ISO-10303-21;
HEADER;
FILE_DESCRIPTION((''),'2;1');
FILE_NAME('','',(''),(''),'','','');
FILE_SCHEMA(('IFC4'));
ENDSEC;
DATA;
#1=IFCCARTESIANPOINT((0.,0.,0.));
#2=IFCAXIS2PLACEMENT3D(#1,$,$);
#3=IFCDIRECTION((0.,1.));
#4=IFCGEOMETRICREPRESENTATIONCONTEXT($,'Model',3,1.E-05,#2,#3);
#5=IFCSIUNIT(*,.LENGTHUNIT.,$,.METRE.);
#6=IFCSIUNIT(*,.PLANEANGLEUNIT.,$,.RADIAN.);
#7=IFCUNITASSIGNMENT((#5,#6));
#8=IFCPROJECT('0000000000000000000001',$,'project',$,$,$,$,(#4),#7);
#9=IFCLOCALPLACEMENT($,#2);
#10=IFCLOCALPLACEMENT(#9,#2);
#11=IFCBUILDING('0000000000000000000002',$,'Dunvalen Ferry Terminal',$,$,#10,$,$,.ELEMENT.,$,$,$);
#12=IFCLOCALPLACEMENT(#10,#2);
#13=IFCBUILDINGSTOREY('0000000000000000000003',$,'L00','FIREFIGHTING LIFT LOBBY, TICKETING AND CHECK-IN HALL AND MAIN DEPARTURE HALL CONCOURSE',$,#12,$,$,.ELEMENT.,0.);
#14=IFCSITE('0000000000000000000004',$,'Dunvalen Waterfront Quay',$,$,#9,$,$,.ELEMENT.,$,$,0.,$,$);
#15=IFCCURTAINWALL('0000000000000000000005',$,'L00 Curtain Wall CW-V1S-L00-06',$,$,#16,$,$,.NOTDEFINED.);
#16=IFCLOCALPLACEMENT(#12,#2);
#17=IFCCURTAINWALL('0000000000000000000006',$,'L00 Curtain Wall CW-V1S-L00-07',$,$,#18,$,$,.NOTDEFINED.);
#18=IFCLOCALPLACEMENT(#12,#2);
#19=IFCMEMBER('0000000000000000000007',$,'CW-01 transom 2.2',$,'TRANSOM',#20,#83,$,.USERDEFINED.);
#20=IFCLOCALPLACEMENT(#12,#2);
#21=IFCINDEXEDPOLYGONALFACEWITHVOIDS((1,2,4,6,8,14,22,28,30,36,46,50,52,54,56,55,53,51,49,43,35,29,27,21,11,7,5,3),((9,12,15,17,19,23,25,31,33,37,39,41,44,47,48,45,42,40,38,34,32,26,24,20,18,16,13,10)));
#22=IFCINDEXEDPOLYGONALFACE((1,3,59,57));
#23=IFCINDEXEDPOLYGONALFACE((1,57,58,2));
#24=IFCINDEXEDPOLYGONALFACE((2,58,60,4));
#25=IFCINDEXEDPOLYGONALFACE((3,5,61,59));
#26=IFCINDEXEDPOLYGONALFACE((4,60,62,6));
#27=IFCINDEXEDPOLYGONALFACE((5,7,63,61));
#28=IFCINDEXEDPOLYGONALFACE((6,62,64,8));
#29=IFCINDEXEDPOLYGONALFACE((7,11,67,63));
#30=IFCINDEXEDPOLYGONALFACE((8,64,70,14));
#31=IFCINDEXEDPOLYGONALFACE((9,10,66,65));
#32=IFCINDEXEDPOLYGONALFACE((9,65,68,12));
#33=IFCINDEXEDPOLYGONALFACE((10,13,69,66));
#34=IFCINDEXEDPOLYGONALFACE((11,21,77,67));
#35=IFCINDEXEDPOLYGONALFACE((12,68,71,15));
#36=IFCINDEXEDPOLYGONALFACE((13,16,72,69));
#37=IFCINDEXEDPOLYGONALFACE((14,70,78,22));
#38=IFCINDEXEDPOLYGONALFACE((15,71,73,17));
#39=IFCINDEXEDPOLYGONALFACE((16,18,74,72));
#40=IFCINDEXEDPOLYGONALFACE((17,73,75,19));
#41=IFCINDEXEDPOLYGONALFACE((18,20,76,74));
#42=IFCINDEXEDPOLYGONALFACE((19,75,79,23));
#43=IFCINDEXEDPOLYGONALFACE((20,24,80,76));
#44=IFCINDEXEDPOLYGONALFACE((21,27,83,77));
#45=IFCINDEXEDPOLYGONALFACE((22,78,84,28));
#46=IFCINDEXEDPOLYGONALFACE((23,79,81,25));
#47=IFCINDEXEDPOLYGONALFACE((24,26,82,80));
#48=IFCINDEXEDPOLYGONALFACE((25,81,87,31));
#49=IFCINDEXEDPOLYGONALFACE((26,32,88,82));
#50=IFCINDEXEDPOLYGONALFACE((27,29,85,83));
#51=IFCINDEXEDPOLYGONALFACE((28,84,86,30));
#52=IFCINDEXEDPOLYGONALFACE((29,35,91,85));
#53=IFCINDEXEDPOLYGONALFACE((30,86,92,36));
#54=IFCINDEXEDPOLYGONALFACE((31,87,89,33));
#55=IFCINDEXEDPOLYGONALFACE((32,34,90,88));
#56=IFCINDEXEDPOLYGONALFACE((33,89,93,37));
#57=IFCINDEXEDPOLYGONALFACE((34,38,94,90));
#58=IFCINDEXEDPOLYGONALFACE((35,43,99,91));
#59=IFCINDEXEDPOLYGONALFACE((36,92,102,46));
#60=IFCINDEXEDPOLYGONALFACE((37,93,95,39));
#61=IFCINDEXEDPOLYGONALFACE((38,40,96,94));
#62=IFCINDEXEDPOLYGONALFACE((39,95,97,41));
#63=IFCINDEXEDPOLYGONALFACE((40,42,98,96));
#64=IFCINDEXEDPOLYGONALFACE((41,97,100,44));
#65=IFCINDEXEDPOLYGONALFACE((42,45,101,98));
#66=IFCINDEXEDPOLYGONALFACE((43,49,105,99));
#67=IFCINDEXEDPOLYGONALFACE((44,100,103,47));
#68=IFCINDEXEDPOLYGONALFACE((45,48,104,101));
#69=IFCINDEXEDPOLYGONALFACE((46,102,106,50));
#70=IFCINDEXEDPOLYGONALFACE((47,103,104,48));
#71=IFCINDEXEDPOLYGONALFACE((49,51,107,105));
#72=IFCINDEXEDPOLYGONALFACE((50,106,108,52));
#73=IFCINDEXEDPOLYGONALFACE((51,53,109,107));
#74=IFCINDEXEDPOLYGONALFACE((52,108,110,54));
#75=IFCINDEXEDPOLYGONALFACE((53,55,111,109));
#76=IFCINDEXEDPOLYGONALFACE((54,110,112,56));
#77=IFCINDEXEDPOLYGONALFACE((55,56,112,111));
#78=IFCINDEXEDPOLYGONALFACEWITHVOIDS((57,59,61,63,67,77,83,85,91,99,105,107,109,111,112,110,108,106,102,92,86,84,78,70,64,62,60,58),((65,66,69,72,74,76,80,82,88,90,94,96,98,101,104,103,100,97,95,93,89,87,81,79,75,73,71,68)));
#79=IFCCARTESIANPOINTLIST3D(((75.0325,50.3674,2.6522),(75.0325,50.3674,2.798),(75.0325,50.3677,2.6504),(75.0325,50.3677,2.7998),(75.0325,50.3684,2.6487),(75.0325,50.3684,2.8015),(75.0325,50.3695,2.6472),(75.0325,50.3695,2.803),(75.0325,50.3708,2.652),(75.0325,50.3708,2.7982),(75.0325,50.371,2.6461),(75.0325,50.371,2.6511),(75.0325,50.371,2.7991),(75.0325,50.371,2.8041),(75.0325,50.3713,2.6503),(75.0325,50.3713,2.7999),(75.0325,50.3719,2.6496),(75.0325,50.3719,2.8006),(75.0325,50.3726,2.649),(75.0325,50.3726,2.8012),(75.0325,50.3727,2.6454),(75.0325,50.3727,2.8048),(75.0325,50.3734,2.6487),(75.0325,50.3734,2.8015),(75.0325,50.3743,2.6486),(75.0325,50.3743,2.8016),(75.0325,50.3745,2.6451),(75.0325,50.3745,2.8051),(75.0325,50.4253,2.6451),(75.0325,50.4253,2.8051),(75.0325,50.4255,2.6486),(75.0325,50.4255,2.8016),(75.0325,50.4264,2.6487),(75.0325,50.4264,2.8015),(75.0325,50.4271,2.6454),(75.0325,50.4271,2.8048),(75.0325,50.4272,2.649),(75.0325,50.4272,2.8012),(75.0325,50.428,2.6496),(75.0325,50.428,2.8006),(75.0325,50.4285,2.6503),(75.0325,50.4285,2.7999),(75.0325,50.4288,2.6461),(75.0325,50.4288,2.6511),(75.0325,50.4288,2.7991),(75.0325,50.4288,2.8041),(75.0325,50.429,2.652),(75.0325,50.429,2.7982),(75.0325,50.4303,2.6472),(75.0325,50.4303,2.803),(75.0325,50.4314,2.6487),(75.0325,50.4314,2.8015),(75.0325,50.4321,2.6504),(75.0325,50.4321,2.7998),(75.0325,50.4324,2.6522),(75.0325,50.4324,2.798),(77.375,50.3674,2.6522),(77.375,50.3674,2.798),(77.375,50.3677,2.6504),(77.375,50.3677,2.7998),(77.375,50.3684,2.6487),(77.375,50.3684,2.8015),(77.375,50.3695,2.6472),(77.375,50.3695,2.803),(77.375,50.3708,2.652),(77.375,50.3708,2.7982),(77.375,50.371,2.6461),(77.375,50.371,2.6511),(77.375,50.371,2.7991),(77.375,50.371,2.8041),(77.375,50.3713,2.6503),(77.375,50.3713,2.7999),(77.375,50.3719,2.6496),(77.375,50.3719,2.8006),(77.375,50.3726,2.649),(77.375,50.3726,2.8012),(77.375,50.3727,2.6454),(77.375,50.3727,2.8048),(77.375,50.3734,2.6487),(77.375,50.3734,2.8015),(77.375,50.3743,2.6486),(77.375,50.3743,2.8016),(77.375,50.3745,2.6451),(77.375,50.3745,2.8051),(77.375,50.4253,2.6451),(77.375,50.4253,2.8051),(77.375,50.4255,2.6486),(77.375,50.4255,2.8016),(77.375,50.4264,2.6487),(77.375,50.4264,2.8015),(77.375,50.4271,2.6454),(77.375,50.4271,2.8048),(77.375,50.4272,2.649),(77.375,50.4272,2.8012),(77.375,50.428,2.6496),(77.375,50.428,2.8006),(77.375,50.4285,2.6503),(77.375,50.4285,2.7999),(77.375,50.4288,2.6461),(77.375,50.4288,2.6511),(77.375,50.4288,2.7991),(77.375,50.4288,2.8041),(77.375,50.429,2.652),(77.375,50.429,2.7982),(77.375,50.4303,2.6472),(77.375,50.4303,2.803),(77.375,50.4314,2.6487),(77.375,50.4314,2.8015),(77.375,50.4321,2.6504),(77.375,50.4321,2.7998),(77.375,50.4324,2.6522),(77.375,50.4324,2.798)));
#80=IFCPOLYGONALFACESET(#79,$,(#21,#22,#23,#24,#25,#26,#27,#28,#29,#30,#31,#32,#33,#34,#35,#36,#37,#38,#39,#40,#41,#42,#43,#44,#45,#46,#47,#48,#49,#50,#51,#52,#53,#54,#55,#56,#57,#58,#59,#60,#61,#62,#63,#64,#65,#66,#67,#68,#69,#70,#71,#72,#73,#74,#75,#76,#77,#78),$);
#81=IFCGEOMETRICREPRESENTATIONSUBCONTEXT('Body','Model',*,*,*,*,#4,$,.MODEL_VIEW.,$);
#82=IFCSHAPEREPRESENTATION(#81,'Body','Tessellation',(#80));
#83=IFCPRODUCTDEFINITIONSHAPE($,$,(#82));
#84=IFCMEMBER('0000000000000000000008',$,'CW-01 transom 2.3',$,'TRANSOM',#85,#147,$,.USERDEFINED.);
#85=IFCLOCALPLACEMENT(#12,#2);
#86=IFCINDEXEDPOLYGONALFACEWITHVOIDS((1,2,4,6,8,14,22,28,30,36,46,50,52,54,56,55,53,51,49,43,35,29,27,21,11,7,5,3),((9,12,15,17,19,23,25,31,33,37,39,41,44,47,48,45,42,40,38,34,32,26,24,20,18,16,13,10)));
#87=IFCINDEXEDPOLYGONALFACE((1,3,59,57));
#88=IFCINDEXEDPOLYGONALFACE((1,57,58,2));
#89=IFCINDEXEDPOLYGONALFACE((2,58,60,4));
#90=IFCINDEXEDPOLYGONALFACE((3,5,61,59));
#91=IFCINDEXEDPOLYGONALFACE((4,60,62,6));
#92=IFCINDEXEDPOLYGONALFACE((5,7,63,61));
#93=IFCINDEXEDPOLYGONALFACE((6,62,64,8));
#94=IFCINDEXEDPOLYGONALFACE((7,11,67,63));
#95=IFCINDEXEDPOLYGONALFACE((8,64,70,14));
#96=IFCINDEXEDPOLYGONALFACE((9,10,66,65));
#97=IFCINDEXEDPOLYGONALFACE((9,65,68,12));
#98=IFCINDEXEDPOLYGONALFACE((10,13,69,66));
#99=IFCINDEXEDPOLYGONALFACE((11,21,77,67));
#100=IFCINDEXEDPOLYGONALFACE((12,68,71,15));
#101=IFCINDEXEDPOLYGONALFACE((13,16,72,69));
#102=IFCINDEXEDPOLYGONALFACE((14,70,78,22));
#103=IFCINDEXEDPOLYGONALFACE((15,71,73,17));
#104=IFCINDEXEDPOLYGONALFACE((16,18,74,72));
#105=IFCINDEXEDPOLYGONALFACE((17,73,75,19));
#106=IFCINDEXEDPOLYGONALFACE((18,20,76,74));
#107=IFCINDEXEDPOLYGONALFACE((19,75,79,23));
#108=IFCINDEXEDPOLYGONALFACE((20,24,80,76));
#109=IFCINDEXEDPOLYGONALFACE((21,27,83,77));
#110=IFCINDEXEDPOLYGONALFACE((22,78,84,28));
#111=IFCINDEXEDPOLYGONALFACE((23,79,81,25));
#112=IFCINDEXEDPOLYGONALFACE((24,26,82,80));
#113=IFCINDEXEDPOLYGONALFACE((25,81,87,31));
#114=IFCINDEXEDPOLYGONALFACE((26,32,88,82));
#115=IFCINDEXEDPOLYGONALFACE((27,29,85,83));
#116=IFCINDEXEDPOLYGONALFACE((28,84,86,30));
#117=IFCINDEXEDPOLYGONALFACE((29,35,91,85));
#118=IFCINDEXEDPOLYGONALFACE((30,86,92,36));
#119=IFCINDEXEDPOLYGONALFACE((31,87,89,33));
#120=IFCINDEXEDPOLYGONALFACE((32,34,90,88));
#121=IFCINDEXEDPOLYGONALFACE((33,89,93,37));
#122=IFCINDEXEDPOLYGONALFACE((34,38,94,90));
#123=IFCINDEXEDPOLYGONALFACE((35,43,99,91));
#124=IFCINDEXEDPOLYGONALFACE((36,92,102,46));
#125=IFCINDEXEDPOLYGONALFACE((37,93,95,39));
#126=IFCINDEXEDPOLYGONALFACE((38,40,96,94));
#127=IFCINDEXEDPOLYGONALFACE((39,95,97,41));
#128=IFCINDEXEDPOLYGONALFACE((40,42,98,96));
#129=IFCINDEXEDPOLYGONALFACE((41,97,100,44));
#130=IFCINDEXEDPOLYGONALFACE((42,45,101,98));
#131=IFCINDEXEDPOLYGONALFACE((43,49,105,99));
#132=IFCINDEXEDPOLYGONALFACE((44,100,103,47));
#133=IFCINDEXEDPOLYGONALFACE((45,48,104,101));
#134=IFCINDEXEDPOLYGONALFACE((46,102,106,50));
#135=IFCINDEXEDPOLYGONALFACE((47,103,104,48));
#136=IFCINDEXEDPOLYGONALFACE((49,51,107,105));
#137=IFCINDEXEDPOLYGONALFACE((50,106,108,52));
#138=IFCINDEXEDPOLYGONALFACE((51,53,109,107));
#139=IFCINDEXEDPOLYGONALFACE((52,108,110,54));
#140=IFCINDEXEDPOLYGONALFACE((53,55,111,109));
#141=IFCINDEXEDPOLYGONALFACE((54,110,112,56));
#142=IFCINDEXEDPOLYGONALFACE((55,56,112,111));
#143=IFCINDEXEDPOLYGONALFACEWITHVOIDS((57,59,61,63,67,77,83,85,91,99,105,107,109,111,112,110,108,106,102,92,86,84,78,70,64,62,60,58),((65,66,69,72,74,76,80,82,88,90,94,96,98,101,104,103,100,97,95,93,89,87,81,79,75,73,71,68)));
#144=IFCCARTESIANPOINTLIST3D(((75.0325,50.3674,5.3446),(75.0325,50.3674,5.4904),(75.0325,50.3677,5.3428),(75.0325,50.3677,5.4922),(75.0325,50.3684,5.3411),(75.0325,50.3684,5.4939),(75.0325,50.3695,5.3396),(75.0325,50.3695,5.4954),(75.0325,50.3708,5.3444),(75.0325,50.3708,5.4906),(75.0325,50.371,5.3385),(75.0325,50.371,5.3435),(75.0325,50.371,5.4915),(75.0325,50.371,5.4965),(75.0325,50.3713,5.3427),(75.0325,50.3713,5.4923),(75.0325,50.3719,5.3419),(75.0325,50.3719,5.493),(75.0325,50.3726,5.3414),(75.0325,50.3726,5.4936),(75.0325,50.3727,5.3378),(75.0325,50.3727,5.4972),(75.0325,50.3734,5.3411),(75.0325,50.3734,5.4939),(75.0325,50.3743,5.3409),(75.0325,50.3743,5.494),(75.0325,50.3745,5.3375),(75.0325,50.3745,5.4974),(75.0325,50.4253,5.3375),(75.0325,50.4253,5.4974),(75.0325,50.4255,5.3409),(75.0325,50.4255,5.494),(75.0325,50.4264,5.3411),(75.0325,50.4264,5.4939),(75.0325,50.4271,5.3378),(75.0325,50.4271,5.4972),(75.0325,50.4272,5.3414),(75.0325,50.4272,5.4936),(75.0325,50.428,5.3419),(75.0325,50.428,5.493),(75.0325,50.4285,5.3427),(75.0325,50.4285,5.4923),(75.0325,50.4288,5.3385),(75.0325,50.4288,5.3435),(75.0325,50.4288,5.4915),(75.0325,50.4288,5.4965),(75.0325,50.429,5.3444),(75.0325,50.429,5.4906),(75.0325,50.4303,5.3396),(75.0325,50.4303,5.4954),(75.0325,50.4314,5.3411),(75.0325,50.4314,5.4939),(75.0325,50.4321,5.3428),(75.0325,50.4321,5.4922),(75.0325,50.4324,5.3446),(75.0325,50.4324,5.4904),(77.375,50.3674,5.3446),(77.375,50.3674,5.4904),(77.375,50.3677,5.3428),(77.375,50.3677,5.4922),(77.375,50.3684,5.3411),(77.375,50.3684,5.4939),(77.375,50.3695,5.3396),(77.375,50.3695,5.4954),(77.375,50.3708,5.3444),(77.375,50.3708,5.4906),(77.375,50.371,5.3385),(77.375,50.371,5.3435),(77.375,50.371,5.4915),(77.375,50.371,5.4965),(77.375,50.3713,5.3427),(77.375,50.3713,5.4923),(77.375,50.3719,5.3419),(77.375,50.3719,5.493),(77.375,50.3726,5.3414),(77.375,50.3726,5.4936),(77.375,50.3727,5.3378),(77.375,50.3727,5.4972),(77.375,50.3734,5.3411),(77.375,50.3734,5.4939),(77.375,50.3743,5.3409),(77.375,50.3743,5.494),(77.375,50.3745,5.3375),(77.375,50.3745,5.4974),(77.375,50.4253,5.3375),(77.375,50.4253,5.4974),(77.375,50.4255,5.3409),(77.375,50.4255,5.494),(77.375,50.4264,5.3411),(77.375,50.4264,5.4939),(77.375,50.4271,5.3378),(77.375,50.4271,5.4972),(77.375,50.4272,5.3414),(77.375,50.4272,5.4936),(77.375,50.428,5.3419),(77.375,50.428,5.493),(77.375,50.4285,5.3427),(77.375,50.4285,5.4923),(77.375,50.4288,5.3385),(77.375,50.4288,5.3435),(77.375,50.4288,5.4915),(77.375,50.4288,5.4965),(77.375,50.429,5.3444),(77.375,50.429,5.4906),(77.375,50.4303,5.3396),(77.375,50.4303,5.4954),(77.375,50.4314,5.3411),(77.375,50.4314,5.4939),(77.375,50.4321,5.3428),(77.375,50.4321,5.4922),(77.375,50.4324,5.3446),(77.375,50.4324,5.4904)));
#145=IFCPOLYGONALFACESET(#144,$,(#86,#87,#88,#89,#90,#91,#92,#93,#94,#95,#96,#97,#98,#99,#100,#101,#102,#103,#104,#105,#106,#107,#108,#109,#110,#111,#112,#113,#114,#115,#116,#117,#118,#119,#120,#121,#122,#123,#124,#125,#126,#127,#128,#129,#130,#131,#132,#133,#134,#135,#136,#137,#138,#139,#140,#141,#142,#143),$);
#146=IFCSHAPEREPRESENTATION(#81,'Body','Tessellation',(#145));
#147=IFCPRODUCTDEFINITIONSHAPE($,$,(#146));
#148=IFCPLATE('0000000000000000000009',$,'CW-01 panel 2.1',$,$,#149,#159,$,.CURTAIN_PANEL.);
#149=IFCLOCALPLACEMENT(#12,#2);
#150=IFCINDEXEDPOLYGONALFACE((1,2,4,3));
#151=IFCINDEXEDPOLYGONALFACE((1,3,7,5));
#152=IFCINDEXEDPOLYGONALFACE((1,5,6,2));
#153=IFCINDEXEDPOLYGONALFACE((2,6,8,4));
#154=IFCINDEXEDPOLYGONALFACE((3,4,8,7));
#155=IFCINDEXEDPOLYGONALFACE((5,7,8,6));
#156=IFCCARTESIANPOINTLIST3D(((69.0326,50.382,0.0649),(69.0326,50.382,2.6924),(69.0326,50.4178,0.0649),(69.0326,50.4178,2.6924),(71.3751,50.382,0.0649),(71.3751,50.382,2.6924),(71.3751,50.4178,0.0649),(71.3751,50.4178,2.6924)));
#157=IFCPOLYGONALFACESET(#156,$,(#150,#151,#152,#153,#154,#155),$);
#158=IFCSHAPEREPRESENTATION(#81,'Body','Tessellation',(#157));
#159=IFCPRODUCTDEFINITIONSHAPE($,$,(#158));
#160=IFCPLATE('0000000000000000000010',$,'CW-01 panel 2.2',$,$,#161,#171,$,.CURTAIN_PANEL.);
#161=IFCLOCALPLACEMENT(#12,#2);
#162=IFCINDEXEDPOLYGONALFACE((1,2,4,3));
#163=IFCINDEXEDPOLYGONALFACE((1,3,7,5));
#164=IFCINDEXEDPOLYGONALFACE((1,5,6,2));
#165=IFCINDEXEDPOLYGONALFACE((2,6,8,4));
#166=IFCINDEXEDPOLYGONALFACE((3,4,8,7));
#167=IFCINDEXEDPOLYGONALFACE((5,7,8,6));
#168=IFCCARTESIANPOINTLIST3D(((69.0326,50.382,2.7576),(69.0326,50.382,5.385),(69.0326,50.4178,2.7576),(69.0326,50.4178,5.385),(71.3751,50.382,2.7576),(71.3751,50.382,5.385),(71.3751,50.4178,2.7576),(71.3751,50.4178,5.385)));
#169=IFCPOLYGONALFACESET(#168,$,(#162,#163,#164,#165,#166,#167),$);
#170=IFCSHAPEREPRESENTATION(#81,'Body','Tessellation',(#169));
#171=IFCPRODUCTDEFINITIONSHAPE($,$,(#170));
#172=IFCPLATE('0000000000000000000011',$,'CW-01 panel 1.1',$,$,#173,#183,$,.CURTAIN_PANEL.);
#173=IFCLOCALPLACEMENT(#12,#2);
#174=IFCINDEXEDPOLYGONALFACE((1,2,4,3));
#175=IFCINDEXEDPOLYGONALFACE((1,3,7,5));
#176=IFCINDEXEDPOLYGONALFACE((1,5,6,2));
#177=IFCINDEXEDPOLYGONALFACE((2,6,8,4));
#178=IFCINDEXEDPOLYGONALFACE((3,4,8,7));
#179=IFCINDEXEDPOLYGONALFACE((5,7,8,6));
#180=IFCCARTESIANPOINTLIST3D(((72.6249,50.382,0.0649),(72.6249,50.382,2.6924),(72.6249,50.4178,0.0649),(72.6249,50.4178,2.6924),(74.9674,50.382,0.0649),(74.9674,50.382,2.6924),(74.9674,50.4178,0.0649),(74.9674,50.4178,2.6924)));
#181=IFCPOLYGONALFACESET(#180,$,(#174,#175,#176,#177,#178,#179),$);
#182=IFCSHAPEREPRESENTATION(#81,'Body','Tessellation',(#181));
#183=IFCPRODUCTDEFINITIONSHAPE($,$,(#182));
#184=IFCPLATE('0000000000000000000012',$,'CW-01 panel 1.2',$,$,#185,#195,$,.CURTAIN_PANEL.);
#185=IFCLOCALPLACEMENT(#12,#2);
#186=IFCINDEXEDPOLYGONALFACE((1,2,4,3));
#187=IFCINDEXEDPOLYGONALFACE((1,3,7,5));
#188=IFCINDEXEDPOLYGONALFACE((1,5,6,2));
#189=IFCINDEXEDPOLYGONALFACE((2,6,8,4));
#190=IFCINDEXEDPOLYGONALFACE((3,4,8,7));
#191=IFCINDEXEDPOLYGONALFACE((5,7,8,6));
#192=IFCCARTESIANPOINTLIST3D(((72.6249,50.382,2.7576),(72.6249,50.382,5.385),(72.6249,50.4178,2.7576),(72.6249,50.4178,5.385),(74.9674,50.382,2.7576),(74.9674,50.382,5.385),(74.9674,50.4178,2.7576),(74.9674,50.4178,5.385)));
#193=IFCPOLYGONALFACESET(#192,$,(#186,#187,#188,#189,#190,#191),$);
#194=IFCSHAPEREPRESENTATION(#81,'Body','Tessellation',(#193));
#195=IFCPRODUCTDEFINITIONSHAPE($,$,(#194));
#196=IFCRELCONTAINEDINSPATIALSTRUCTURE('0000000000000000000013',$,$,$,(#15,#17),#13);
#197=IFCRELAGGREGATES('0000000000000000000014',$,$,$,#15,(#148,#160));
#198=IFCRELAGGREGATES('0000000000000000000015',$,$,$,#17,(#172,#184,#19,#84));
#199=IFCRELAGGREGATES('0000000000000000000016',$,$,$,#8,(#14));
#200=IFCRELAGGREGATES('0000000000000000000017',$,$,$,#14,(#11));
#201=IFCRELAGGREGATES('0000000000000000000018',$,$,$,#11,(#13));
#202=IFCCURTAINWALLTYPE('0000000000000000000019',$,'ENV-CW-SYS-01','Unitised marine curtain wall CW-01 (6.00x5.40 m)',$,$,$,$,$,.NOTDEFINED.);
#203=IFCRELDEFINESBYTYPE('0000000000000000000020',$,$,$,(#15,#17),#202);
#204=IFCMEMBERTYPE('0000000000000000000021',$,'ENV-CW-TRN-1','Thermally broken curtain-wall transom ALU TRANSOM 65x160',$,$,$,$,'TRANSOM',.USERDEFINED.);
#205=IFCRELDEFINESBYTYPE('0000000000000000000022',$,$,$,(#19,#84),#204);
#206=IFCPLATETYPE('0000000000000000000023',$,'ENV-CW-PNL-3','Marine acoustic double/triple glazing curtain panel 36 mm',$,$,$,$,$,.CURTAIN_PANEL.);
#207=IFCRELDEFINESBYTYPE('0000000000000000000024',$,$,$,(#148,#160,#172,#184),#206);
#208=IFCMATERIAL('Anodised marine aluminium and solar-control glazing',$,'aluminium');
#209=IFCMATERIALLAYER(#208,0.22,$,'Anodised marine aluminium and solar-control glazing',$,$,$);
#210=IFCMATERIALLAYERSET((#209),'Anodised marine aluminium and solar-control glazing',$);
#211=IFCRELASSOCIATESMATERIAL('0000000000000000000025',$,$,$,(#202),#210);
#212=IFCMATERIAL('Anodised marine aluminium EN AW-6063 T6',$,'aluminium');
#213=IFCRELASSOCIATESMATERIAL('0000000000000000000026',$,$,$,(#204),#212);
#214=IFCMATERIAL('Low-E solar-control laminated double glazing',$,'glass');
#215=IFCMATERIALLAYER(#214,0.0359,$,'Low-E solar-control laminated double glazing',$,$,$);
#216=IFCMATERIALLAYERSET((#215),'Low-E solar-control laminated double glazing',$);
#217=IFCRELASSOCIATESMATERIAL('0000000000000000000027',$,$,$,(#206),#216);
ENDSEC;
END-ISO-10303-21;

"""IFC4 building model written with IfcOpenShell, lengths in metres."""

from ifc_helpers import new_model, si_unit, direction, frame, origin, origin_2d, place, context, subcontext, project, spatial, rectangle, hollow_rectangle, extrude, material, layer, layer_set, material_profile, profile_set, type_object, element, aggregate, save


model = new_model("IFC4")

# Units and contexts
model_context = context("Model", 3, precision=1e-05, world=origin(), true_north=direction((0.0, 1.0)))
body_context = subcontext(model_context, "Body", "Model", "MODEL_VIEW")
ifc_project = project(units=[si_unit("LENGTHUNIT", "METRE"), si_unit("PLANEANGLEUNIT", "RADIAN")], contexts=[model_context])

# Site, building, storey
site_placement = place(None, origin())
site = spatial("IfcSite", under=ifc_project, at=site_placement, Name="Dunvalen Waterfront Quay", CompositionType="ELEMENT", RefElevation=0.0)
building_placement = place(site_placement, origin())
building = spatial("IfcBuilding", under=site, at=building_placement, Name="Dunvalen Ferry Terminal", CompositionType="ELEMENT")
storey_placement = place(building_placement, origin())
storey = spatial("IfcBuildingStorey", under=building, at=storey_placement, Name="L00", Description="FIREFIGHTING LIFT LOBBY, TICKETING AND CHECK-IN HALL AND MAIN DEPARTURE HALL CONCOURSE", CompositionType="ELEMENT", Elevation=0.0)

# Curtain wall
ifc_material_1 = material(Name="Anodised marine aluminium and solar-control glazing", Category="aluminium")
ifc_layer_1 = layer(ifc_material_1, 0.22, Name="Anodised marine aluminium and solar-control glazing")
ifc_layer_set_1 = layer_set([ifc_layer_1], Name="Anodised marine aluminium and solar-control glazing")
curtain_wall_type = type_object("IfcCurtainWallType", Name="ENV-CW-SYS-01", Description="Unitised marine curtain wall CW-01 (6.00x5.40 m)", PredefinedType="NOTDEFINED", material=ifc_layer_set_1)
curtain_wall_1_placement = place(storey_placement, origin())
curtain_wall_1 = element("IfcCurtainWall", 1, at=curtain_wall_1_placement, inside=storey, type_object=curtain_wall_type, Name="L00 Curtain Wall CW-V1S-L00-06", PredefinedType="NOTDEFINED")
ifc_material_2 = material(Name="Anodised marine aluminium EN AW-6063 T6", Category="aluminium")

# Curtain wall, members
curtain_wall_2_placement = place(storey_placement, origin())
curtain_wall_2 = element("IfcCurtainWall", 2, at=curtain_wall_2_placement, inside=storey, type_object=curtain_wall_type, Name="L00 Curtain Wall CW-V1S-L00-07", PredefinedType="NOTDEFINED")
ifc_material_profile_1 = material_profile(ifc_material_2, hollow_rectangle(XDim=0.0649, YDim=0.1599, WallThickness=0.0034, InnerFilletRadius=0.0034, OuterFilletRadius=0.0071, at=origin_2d()), Name="Anodised marine aluminium EN AW-6063 T6")
ifc_profile_set_1 = profile_set([ifc_material_profile_1], Name="Anodised marine aluminium EN AW-6063 T6")
member_type_1 = type_object("IfcMemberType", Name="ENV-CW-TRN-1", Description="Thermally broken curtain-wall transom ALU TRANSOM 65x160", ElementType="TRANSOM", PredefinedType="USERDEFINED", material=ifc_profile_set_1)
member_1_placement = place(storey_placement, frame((75.0325, 50.3999, 2.7251), z_axis=(1.0, 0.0, 0.0), x_axis=(0.0, 1.0, 0.0)))
member_1 = element("IfcMember", 3, at=member_1_placement, type_object=member_type_1, Name="CW-01 transom 2.2", ObjectType="TRANSOM", PredefinedType="USERDEFINED", context=body_context, shape_type="SweptSolid", body=[
    extrude(hollow_rectangle(XDim=0.0649, YDim=0.1599, WallThickness=0.0034, InnerFilletRadius=0.0034, OuterFilletRadius=0.0071, at=origin_2d()), origin(), (0.0, 0.0, 1.0), 2.3425),
])
member_2_placement = place(storey_placement, frame((75.0325, 50.3999, 5.4175), z_axis=(1.0, 0.0, 0.0), x_axis=(0.0, 1.0, 0.0)))
member_2 = element("IfcMember", 4, at=member_2_placement, type_object=member_type_1, Name="CW-01 transom 2.3", ObjectType="TRANSOM", PredefinedType="USERDEFINED", context=body_context, shape_type="SweptSolid", body=[
    extrude(hollow_rectangle(XDim=0.0649, YDim=0.1599, WallThickness=0.0034, InnerFilletRadius=0.0034, OuterFilletRadius=0.0071, at=origin_2d()), origin(), (0.0, 0.0, 1.0), 2.3425),
])

# Plates
ifc_material_3 = material(Name="Low-E solar-control laminated double glazing", Category="glass")
ifc_layer_2 = layer(ifc_material_3, 0.0359, Name="Low-E solar-control laminated double glazing")
ifc_layer_set_2 = layer_set([ifc_layer_2], Name="Low-E solar-control laminated double glazing")
plate_type = type_object("IfcPlateType", Name="ENV-CW-PNL-3", Description="Marine acoustic double/triple glazing curtain panel 36 mm", PredefinedType="CURTAIN_PANEL", material=ifc_layer_set_2)
plate_1_placement = place(storey_placement, frame((70.2039, 50.3999, 0.0649), z_axis=(0.0, 0.0, 1.0), x_axis=(1.0, 0.0, 0.0)))
plate_1 = element("IfcPlate", 5, at=plate_1_placement, type_object=plate_type, Name="CW-01 panel 2.1", PredefinedType="CURTAIN_PANEL", context=body_context, shape_type="SweptSolid", body=[
    extrude(rectangle(XDim=2.3425, YDim=0.0359, at=origin_2d()), origin(), (0.0, 0.0, 1.0), 2.6274),
])
plate_2_placement = place(storey_placement, frame((70.2039, 50.3999, 2.7576), z_axis=(0.0, 0.0, 1.0), x_axis=(1.0, 0.0, 0.0)))
plate_2 = element("IfcPlate", 6, at=plate_2_placement, type_object=plate_type, Name="CW-01 panel 2.2", PredefinedType="CURTAIN_PANEL", context=body_context, shape_type="SweptSolid", body=[
    extrude(rectangle(XDim=2.3425, YDim=0.0359, at=origin_2d()), origin(), (0.0, 0.0, 1.0), 2.6274),
])
aggregate(curtain_wall_1, [plate_1, plate_2])
plate_3_placement = place(storey_placement, frame((73.7961, 50.3999, 0.0649), z_axis=(0.0, 0.0, 1.0), x_axis=(1.0, 0.0, 0.0)))
plate_3 = element("IfcPlate", 7, at=plate_3_placement, type_object=plate_type, Name="CW-01 panel 1.1", PredefinedType="CURTAIN_PANEL", context=body_context, shape_type="SweptSolid", body=[
    extrude(rectangle(XDim=2.3425, YDim=0.0359, at=origin_2d()), origin(), (0.0, 0.0, 1.0), 2.6274),
])
plate_4_placement = place(storey_placement, frame((73.7961, 50.3999, 2.7576), z_axis=(0.0, 0.0, 1.0), x_axis=(1.0, 0.0, 0.0)))
plate_4 = element("IfcPlate", 8, at=plate_4_placement, type_object=plate_type, Name="CW-01 panel 1.2", PredefinedType="CURTAIN_PANEL", context=body_context, shape_type="SweptSolid", body=[
    extrude(rectangle(XDim=2.3425, YDim=0.0359, at=origin_2d()), origin(), (0.0, 0.0, 1.0), 2.6274),
])
aggregate(curtain_wall_2, [plate_3, plate_4, member_1, member_2])

save(model, "model.ifc")
